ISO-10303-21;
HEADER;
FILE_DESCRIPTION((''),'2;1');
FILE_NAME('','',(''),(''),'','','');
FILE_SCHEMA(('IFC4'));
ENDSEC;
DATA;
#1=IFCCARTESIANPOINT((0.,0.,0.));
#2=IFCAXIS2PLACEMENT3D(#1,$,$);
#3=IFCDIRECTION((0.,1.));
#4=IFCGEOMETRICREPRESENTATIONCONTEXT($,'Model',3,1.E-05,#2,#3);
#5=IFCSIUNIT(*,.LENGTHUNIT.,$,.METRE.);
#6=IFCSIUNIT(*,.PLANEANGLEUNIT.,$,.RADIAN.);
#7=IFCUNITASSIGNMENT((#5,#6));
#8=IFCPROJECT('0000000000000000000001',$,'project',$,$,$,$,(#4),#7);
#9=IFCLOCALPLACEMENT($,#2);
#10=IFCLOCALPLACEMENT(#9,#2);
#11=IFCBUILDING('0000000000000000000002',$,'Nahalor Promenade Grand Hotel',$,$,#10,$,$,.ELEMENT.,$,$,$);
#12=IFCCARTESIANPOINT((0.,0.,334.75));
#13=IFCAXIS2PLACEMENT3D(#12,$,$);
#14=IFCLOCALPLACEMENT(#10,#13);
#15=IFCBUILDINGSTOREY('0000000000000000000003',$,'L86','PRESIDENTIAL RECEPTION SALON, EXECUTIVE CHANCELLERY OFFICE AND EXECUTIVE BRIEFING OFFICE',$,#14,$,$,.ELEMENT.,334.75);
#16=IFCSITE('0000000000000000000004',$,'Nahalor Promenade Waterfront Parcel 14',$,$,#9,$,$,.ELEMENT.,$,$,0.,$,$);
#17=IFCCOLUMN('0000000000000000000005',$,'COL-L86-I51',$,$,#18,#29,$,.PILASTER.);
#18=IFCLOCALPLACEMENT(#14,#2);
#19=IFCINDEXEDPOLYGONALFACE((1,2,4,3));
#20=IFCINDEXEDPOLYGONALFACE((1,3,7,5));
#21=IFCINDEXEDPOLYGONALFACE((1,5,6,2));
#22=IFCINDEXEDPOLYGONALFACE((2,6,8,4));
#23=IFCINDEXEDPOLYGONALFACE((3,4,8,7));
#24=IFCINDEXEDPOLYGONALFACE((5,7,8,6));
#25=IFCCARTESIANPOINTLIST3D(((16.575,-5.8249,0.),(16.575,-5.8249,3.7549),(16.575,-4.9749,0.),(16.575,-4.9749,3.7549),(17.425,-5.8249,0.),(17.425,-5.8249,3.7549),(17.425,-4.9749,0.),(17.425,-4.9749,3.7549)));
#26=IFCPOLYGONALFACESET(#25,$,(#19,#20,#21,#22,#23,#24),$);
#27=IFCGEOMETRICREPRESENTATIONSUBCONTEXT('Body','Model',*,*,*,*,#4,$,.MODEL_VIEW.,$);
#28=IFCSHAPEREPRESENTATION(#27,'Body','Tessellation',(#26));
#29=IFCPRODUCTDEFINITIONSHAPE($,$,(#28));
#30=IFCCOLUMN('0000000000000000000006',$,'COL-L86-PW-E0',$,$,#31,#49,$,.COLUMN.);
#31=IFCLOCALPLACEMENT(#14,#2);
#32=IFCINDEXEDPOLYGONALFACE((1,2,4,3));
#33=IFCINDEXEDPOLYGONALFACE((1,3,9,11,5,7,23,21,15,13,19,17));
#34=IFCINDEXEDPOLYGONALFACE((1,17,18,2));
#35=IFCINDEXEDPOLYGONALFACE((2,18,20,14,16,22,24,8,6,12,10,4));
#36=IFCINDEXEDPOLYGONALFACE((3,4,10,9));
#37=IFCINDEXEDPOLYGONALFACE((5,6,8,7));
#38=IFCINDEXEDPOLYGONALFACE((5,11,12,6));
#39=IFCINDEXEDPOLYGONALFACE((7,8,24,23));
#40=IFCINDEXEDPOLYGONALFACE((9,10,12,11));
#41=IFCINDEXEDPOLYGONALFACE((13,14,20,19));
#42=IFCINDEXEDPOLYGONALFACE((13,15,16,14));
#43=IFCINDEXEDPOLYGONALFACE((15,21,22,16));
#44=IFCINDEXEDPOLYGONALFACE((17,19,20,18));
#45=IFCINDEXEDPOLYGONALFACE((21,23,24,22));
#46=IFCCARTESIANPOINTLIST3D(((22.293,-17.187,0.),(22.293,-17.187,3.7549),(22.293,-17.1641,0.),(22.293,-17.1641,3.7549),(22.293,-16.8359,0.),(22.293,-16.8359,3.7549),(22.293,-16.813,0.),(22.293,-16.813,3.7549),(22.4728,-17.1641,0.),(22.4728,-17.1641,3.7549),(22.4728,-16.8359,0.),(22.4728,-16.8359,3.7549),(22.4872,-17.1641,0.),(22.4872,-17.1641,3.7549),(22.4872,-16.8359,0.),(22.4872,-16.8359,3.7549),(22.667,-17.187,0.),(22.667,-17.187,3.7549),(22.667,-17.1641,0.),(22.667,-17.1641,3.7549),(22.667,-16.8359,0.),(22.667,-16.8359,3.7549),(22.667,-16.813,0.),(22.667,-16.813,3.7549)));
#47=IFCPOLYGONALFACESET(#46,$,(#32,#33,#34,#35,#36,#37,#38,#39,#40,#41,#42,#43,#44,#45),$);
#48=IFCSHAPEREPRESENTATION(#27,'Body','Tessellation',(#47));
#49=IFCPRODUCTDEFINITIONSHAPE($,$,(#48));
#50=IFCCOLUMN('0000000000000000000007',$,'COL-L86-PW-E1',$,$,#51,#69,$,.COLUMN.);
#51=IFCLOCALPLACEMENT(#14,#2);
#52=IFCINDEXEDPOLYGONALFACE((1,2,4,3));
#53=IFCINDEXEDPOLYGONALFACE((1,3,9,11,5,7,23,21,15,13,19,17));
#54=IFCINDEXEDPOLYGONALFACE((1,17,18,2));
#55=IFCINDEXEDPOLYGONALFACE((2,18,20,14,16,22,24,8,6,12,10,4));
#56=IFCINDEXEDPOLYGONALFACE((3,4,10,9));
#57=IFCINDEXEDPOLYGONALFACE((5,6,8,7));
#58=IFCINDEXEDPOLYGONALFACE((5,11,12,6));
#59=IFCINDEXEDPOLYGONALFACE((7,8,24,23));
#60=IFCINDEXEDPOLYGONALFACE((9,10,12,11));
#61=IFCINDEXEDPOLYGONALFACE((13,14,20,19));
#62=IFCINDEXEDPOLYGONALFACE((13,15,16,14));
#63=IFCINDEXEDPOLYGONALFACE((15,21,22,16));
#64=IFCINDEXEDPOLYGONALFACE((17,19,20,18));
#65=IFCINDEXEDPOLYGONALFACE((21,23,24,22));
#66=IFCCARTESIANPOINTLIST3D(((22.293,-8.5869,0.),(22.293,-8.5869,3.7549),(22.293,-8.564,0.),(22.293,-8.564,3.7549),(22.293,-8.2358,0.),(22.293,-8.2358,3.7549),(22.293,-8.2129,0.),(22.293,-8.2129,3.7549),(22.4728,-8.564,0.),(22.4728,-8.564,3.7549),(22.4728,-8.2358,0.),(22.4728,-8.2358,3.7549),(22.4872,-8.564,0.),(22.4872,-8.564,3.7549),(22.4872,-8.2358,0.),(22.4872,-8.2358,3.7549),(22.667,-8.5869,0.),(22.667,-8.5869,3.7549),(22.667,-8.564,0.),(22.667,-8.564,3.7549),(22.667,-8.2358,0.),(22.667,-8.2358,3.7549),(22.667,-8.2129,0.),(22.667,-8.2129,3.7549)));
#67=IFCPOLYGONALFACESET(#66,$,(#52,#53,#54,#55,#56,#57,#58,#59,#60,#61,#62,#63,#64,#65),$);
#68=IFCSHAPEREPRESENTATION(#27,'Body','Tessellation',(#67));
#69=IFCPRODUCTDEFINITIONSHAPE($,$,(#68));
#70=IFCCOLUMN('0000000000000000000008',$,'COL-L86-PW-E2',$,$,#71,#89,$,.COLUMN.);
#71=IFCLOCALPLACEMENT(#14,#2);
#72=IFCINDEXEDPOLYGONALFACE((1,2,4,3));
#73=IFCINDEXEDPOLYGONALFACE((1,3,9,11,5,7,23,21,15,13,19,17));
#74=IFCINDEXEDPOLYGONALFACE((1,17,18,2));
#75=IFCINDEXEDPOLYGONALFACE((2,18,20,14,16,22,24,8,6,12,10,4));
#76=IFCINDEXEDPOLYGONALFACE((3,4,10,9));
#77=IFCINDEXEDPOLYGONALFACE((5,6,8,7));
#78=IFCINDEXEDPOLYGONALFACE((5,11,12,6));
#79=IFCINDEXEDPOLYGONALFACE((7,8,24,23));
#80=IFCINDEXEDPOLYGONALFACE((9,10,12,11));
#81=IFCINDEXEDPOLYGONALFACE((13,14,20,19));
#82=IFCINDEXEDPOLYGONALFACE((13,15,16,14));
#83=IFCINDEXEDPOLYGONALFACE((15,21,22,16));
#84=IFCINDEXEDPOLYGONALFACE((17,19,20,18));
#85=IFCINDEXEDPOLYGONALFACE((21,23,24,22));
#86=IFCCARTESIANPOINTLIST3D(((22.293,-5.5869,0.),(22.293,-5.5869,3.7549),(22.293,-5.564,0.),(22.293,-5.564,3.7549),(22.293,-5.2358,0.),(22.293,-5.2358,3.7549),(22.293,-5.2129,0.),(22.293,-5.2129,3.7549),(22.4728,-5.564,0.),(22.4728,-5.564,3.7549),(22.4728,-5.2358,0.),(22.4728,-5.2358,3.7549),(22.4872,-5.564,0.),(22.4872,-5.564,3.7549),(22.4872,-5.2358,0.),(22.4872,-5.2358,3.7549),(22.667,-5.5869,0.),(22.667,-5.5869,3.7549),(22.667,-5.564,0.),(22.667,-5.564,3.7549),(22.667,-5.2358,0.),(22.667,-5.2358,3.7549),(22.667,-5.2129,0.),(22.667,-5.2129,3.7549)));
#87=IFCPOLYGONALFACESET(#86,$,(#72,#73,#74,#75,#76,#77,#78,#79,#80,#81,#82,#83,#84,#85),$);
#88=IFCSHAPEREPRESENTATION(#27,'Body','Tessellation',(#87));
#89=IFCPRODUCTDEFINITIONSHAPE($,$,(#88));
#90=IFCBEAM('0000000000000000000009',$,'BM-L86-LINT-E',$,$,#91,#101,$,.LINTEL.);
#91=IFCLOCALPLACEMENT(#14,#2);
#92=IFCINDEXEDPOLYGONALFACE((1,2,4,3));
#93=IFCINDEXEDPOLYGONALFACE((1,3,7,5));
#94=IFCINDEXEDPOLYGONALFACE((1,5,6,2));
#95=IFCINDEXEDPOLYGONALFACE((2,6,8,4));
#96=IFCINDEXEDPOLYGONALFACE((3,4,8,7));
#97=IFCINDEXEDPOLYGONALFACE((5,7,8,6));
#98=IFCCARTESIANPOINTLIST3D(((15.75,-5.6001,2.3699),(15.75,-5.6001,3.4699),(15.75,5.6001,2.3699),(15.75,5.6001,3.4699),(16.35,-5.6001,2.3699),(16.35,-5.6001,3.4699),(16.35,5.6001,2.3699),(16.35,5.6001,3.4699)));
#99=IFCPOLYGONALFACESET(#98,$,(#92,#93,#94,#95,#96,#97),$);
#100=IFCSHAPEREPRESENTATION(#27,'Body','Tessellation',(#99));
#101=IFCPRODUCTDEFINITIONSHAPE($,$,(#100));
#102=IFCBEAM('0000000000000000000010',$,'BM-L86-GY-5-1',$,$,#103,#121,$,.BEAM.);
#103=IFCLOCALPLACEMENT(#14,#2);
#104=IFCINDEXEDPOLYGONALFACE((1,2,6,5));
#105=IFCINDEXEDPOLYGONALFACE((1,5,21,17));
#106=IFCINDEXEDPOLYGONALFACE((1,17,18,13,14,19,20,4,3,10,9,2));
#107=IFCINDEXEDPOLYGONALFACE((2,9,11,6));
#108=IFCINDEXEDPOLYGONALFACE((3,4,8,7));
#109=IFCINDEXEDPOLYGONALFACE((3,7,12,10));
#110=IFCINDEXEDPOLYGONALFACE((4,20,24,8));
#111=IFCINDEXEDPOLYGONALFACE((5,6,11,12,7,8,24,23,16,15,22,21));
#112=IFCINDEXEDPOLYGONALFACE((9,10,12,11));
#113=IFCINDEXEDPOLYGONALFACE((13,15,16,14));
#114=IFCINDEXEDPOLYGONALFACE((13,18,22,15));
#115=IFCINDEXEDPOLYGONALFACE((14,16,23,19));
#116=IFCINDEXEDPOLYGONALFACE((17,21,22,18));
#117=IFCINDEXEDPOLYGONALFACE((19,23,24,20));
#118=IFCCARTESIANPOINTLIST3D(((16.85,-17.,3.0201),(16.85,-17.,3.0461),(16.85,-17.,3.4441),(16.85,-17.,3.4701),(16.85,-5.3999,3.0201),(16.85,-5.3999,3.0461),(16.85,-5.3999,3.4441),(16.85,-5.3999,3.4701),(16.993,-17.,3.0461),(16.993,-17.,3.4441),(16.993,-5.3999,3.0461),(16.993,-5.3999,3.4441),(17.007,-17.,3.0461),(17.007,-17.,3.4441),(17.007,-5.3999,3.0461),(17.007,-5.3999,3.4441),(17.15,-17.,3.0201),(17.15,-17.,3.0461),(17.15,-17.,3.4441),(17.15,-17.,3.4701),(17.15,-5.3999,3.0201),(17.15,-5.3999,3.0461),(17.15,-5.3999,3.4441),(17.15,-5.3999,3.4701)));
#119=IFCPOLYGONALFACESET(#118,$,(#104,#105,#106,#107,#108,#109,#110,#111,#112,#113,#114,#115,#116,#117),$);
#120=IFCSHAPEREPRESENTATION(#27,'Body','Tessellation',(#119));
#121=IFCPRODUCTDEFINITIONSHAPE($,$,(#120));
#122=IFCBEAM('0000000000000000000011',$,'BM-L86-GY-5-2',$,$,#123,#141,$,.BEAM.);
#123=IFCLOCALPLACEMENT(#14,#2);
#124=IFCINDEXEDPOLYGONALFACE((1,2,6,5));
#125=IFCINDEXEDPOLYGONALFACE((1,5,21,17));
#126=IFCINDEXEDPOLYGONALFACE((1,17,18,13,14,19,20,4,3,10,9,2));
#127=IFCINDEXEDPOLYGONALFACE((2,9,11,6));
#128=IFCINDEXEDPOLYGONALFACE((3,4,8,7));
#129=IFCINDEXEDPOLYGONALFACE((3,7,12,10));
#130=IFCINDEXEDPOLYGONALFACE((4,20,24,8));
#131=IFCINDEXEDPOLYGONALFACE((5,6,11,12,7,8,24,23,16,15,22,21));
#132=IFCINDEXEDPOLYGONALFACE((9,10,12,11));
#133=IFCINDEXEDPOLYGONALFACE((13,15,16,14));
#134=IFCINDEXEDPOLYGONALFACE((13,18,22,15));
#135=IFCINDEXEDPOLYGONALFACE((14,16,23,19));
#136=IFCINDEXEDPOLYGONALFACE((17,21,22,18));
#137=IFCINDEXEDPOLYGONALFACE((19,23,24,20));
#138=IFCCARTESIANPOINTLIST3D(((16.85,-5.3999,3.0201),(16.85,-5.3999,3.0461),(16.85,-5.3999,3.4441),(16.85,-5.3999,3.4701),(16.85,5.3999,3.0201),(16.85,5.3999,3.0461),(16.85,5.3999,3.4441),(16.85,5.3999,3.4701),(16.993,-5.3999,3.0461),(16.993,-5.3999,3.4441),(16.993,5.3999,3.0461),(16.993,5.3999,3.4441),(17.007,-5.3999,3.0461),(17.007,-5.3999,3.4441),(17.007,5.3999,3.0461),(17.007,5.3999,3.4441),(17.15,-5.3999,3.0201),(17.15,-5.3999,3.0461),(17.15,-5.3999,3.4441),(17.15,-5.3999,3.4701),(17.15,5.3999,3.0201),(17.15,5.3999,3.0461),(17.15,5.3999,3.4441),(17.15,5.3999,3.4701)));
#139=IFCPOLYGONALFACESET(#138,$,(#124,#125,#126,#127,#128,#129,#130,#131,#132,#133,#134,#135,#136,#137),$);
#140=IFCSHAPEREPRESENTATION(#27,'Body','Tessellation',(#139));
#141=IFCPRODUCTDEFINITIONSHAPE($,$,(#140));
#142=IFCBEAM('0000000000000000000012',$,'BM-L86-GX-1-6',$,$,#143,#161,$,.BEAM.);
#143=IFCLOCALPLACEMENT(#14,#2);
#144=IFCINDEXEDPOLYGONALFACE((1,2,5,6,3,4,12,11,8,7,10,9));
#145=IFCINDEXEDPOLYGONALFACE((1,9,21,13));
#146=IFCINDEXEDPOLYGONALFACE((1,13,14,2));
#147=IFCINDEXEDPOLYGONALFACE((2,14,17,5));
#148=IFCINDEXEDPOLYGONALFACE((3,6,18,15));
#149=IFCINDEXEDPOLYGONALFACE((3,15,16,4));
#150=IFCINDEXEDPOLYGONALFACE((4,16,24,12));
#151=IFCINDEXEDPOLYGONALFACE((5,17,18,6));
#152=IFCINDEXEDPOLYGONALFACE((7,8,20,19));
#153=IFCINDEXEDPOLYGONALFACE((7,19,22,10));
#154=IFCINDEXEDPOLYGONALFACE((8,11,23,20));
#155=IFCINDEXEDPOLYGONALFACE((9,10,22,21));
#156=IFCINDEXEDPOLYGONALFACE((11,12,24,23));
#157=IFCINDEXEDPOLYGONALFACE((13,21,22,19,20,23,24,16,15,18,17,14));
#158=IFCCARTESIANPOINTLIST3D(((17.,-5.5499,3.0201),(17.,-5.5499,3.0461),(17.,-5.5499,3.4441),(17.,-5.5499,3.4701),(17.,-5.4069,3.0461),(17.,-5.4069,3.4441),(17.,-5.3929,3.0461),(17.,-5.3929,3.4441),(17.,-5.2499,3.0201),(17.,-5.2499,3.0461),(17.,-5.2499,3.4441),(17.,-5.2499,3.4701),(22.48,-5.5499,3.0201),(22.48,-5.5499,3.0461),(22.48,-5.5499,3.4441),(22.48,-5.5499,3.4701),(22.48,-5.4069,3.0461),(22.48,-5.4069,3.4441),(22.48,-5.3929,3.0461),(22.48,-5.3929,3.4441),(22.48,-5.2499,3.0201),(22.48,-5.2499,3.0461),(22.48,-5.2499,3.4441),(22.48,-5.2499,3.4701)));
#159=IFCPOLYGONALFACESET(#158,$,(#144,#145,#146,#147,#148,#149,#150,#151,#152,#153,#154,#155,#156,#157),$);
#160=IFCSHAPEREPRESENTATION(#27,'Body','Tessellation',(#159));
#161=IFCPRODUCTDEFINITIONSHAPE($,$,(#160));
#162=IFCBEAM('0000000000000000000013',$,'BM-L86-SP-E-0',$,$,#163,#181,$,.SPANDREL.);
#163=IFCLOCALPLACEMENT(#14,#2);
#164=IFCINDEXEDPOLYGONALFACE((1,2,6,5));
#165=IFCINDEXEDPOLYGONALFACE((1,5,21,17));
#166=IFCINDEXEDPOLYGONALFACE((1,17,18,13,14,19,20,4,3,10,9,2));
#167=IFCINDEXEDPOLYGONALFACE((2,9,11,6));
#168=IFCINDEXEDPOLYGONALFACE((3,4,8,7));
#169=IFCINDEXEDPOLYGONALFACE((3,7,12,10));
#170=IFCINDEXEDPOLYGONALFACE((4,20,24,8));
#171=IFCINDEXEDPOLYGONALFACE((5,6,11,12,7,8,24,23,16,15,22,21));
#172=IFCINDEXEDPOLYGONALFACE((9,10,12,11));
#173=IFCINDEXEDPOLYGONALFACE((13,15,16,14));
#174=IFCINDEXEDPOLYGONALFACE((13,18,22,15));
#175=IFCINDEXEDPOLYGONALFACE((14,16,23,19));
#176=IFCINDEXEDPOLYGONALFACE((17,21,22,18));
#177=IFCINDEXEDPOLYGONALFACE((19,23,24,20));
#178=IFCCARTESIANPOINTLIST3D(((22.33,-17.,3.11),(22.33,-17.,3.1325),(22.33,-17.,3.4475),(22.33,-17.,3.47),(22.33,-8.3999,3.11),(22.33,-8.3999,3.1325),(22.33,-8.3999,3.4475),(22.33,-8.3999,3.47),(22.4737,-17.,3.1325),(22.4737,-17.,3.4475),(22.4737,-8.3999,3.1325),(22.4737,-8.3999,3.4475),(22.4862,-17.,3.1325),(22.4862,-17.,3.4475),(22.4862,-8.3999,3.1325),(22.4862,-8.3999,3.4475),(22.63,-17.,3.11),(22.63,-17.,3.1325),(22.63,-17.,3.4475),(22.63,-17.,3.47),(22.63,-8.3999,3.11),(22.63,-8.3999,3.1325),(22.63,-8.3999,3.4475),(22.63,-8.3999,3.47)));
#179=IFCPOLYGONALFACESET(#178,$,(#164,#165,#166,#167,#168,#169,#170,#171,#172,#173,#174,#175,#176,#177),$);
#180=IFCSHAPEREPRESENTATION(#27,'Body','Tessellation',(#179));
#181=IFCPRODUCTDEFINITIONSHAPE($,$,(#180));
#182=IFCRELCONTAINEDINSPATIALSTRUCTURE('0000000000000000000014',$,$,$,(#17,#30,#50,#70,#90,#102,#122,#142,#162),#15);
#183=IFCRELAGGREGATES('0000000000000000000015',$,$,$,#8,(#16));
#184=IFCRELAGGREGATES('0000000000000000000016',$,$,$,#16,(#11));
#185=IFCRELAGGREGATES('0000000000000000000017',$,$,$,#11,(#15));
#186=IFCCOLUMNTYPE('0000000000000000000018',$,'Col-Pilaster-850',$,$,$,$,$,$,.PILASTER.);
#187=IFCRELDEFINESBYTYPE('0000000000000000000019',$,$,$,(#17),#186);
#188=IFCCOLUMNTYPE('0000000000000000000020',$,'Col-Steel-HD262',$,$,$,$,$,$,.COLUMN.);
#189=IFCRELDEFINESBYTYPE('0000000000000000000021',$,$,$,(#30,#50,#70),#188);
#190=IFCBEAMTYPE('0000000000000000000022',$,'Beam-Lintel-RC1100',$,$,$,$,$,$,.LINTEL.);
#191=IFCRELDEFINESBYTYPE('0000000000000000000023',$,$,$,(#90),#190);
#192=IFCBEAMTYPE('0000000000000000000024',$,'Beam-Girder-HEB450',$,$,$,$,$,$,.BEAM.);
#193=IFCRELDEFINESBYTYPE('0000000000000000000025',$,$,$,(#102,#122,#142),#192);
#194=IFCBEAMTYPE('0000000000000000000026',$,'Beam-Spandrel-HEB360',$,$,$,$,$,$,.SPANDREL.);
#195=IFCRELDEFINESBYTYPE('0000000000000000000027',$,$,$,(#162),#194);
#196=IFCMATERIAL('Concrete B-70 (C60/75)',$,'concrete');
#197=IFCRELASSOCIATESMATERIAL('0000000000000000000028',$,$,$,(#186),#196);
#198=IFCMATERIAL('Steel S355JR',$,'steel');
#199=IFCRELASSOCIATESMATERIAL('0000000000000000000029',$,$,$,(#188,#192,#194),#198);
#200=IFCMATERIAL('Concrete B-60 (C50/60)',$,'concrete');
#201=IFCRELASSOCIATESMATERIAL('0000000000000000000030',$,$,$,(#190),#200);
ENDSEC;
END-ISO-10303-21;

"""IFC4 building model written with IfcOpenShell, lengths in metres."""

from ifc_helpers import new_model, si_unit, direction, frame, origin, origin_2d, place, context, subcontext, project, spatial, rectangle, i_section, extrude, source, transform, mapped, material, material_profile, profile_set, type_object, element, save


model = new_model("IFC4")

# Units and contexts
model_context = context("Model", 3, precision=1e-05, world=origin(), true_north=direction((0.0, 1.0)))
body_context = subcontext(model_context, "Body", "Model", "MODEL_VIEW")
ifc_project = project(units=[si_unit("LENGTHUNIT", "METRE"), si_unit("PLANEANGLEUNIT", "RADIAN")], contexts=[model_context])

# Site, building, storey
site_placement = place(None, origin())
site = spatial("IfcSite", under=ifc_project, at=site_placement, Name="Nahalor Promenade Waterfront Parcel 14", CompositionType="ELEMENT", RefElevation=0.0)
building_placement = place(site_placement, origin())
building = spatial("IfcBuilding", under=site, at=building_placement, Name="Nahalor Promenade Grand Hotel", CompositionType="ELEMENT")
storey_placement = place(building_placement, frame((0.0, 0.0, 334.75)))
storey = spatial("IfcBuildingStorey", under=building, at=storey_placement, Name="L86", Description="PRESIDENTIAL RECEPTION SALON, EXECUTIVE CHANCELLERY OFFICE AND EXECUTIVE BRIEFING OFFICE", CompositionType="ELEMENT", Elevation=334.75)

# Columns
ifc_material_1 = material(Name="Concrete B-70 (C60/75)", Category="concrete")
ifc_material_profile_1 = material_profile(ifc_material_1, rectangle(XDim=0.85, YDim=0.85, at=origin_2d()), Name="RC 850x850")
ifc_profile_set_1 = profile_set([ifc_material_profile_1], Name="Concrete B-70 (C60/75)")
column_type_1 = type_object("IfcColumnType", Name="Col-Pilaster-850", PredefinedType="PILASTER", material=ifc_profile_set_1)
shared_shape_1 = source(origin(), body_context, "Body", "SweptSolid", [
    extrude(rectangle(XDim=0.85, YDim=0.85, at=origin_2d()), origin(), (0.0, 0.0, 1.0), 3.7549),
])
column_placement = place(storey_placement, frame((17.0, -5.3999, 0.0), z_axis=(0.0, 0.0, 1.0), x_axis=(1.0, 0.0, 0.0)))
element("IfcColumn", 1, at=column_placement, inside=storey, type_object=column_type_1, Name="COL-L86-I51", PredefinedType="PILASTER", context=body_context, shape_type="MappedRepresentation", body=[
    mapped(shared_shape_1, transform((0.0, 0.0, 0.0), scale=1.0)),
])
ifc_material_2 = material(Name="Steel S355JR", Category="steel")
ifc_material_profile_2 = material_profile(ifc_material_2, i_section(OverallWidth=0.374, OverallDepth=0.374, WebThickness=0.0144, FlangeThickness=0.0229, at=origin_2d()), Name="HD 360x262")
ifc_profile_set_2 = profile_set([ifc_material_profile_2], Name="Steel S355JR")
column_type_2 = type_object("IfcColumnType", Name="Col-Steel-HD262", PredefinedType="COLUMN", material=ifc_profile_set_2)
shared_shape_2 = source(origin(), body_context, "Body", "SweptSolid", [
    extrude(i_section(OverallWidth=0.374, OverallDepth=0.374, WebThickness=0.0144, FlangeThickness=0.0229, at=origin_2d()), origin(), (0.0, 0.0, 1.0), 3.7549),
])
for number, where, z_axis, x_axis, name in (
    (2, (22.48, -17.0, 0.0), (0.0, 0.0, 1.0), (1.0, 0.0, 0.0), "COL-L86-PW-E0"),
    (3, (22.48, -8.3999, 0.0), (0.0, 0.0, 1.0), (1.0, 0.0, 0.0), "COL-L86-PW-E1"),
    (4, (22.48, -5.3999, 0.0), (0.0, 0.0, 1.0), (1.0, 0.0, 0.0), "COL-L86-PW-E2"),
):
    element("IfcColumn", number, at=place(storey_placement, frame(where, z_axis=z_axis, x_axis=x_axis)), inside=storey, type_object=column_type_2, Name=name, PredefinedType="COLUMN", context=body_context, shape_type="MappedRepresentation", body=[
        mapped(shared_shape_2, transform((0.0, 0.0, 0.0), scale=1.0)),
    ])

# Beams
ifc_material_3 = material(Name="Concrete B-60 (C50/60)", Category="concrete")
ifc_material_profile_3 = material_profile(ifc_material_3, rectangle(XDim=0.6, YDim=1.1, at=origin_2d()), Name="RC 600x1100")
ifc_profile_set_3 = profile_set([ifc_material_profile_3], Name="Concrete B-60 (C50/60)")
beam_type_1 = type_object("IfcBeamType", Name="Beam-Lintel-RC1100", PredefinedType="LINTEL", material=ifc_profile_set_3)
shared_shape_3 = source(origin(), body_context, "Body", "SweptSolid", [
    extrude(rectangle(XDim=0.6, YDim=1.1, at=origin_2d()), origin(), (0.0, 0.0, 1.0), 11.2002),
])
beam_1_placement = place(storey_placement, frame((16.05, -5.6001, 2.9199), z_axis=(0.0, 1.0, 0.0), x_axis=(-1.0, 0.0, 0.0)))
element("IfcBeam", 5, at=beam_1_placement, inside=storey, type_object=beam_type_1, Name="BM-L86-LINT-E", PredefinedType="LINTEL", context=body_context, shape_type="MappedRepresentation", body=[
    mapped(shared_shape_3, transform((0.0, 0.0, 0.0), scale=1.0)),
])
ifc_material_profile_4 = material_profile(ifc_material_2, i_section(OverallWidth=0.3, OverallDepth=0.45, WebThickness=0.014, FlangeThickness=0.026, at=origin_2d()), Name="HEB 450")
ifc_profile_set_4 = profile_set([ifc_material_profile_4], Name="Steel S355JR")
beam_type_2 = type_object("IfcBeamType", Name="Beam-Girder-HEB450", PredefinedType="BEAM", material=ifc_profile_set_4)
shared_shape_4 = source(origin(), body_context, "Body", "SweptSolid", [
    extrude(i_section(OverallWidth=0.3, OverallDepth=0.45, WebThickness=0.014, FlangeThickness=0.026, at=origin_2d()), origin(), (0.0, 0.0, 1.0), 11.6001),
])
beam_2_placement = place(storey_placement, frame((17.0, -17.0, 3.2451), z_axis=(0.0, 1.0, 0.0), x_axis=(-1.0, 0.0, 0.0)))
element("IfcBeam", 6, at=beam_2_placement, inside=storey, type_object=beam_type_2, Name="BM-L86-GY-5-1", PredefinedType="BEAM", context=body_context, shape_type="MappedRepresentation", body=[
    mapped(shared_shape_4, transform((0.0, 0.0, 0.0), scale=1.0)),
])
shared_shape_5 = source(origin(), body_context, "Body", "SweptSolid", [
    extrude(i_section(OverallWidth=0.3, OverallDepth=0.45, WebThickness=0.014, FlangeThickness=0.026, at=origin_2d()), origin(), (0.0, 0.0, 1.0), 10.7998),
])
beam_3_placement = place(storey_placement, frame((17.0, -5.3999, 3.2451), z_axis=(0.0, 1.0, 0.0), x_axis=(-1.0, 0.0, 0.0)))
element("IfcBeam", 7, at=beam_3_placement, inside=storey, type_object=beam_type_2, Name="BM-L86-GY-5-2", PredefinedType="BEAM", context=body_context, shape_type="MappedRepresentation", body=[
    mapped(shared_shape_5, transform((0.0, 0.0, 0.0), scale=1.0)),
])
shared_shape_6 = source(origin(), body_context, "Body", "SweptSolid", [
    extrude(i_section(OverallWidth=0.3, OverallDepth=0.45, WebThickness=0.014, FlangeThickness=0.026, at=origin_2d()), origin(), (0.0, 0.0, 1.0), 5.48),
])
beam_4_placement = place(storey_placement, frame((17.0, -5.3999, 3.2451), z_axis=(1.0, 0.0, 0.0), x_axis=(0.0, 1.0, 0.0)))
element("IfcBeam", 8, at=beam_4_placement, inside=storey, type_object=beam_type_2, Name="BM-L86-GX-1-6", PredefinedType="BEAM", context=body_context, shape_type="MappedRepresentation", body=[
    mapped(shared_shape_6, transform((0.0, 0.0, 0.0), scale=1.0)),
])
ifc_material_profile_5 = material_profile(ifc_material_2, i_section(OverallWidth=0.3, OverallDepth=0.36, WebThickness=0.0125, FlangeThickness=0.0225, at=origin_2d()), Name="HEB 360")
ifc_profile_set_5 = profile_set([ifc_material_profile_5], Name="Steel S355JR")
beam_type_3 = type_object("IfcBeamType", Name="Beam-Spandrel-HEB360", PredefinedType="SPANDREL", material=ifc_profile_set_5)
shared_shape_7 = source(origin(), body_context, "Body", "SweptSolid", [
    extrude(i_section(OverallWidth=0.3, OverallDepth=0.36, WebThickness=0.0125, FlangeThickness=0.0225, at=origin_2d()), origin(), (0.0, 0.0, 1.0), 8.6001),
])
beam_5_placement = place(storey_placement, frame((22.48, -17.0, 3.29), z_axis=(0.0, 1.0, 0.0), x_axis=(-1.0, 0.0, 0.0)))
element("IfcBeam", 9, at=beam_5_placement, inside=storey, type_object=beam_type_3, Name="BM-L86-SP-E-0", PredefinedType="SPANDREL", context=body_context, shape_type="MappedRepresentation", body=[
    mapped(shared_shape_7, transform((0.0, 0.0, 0.0), scale=1.0)),
])

save(model, "model.ifc")
